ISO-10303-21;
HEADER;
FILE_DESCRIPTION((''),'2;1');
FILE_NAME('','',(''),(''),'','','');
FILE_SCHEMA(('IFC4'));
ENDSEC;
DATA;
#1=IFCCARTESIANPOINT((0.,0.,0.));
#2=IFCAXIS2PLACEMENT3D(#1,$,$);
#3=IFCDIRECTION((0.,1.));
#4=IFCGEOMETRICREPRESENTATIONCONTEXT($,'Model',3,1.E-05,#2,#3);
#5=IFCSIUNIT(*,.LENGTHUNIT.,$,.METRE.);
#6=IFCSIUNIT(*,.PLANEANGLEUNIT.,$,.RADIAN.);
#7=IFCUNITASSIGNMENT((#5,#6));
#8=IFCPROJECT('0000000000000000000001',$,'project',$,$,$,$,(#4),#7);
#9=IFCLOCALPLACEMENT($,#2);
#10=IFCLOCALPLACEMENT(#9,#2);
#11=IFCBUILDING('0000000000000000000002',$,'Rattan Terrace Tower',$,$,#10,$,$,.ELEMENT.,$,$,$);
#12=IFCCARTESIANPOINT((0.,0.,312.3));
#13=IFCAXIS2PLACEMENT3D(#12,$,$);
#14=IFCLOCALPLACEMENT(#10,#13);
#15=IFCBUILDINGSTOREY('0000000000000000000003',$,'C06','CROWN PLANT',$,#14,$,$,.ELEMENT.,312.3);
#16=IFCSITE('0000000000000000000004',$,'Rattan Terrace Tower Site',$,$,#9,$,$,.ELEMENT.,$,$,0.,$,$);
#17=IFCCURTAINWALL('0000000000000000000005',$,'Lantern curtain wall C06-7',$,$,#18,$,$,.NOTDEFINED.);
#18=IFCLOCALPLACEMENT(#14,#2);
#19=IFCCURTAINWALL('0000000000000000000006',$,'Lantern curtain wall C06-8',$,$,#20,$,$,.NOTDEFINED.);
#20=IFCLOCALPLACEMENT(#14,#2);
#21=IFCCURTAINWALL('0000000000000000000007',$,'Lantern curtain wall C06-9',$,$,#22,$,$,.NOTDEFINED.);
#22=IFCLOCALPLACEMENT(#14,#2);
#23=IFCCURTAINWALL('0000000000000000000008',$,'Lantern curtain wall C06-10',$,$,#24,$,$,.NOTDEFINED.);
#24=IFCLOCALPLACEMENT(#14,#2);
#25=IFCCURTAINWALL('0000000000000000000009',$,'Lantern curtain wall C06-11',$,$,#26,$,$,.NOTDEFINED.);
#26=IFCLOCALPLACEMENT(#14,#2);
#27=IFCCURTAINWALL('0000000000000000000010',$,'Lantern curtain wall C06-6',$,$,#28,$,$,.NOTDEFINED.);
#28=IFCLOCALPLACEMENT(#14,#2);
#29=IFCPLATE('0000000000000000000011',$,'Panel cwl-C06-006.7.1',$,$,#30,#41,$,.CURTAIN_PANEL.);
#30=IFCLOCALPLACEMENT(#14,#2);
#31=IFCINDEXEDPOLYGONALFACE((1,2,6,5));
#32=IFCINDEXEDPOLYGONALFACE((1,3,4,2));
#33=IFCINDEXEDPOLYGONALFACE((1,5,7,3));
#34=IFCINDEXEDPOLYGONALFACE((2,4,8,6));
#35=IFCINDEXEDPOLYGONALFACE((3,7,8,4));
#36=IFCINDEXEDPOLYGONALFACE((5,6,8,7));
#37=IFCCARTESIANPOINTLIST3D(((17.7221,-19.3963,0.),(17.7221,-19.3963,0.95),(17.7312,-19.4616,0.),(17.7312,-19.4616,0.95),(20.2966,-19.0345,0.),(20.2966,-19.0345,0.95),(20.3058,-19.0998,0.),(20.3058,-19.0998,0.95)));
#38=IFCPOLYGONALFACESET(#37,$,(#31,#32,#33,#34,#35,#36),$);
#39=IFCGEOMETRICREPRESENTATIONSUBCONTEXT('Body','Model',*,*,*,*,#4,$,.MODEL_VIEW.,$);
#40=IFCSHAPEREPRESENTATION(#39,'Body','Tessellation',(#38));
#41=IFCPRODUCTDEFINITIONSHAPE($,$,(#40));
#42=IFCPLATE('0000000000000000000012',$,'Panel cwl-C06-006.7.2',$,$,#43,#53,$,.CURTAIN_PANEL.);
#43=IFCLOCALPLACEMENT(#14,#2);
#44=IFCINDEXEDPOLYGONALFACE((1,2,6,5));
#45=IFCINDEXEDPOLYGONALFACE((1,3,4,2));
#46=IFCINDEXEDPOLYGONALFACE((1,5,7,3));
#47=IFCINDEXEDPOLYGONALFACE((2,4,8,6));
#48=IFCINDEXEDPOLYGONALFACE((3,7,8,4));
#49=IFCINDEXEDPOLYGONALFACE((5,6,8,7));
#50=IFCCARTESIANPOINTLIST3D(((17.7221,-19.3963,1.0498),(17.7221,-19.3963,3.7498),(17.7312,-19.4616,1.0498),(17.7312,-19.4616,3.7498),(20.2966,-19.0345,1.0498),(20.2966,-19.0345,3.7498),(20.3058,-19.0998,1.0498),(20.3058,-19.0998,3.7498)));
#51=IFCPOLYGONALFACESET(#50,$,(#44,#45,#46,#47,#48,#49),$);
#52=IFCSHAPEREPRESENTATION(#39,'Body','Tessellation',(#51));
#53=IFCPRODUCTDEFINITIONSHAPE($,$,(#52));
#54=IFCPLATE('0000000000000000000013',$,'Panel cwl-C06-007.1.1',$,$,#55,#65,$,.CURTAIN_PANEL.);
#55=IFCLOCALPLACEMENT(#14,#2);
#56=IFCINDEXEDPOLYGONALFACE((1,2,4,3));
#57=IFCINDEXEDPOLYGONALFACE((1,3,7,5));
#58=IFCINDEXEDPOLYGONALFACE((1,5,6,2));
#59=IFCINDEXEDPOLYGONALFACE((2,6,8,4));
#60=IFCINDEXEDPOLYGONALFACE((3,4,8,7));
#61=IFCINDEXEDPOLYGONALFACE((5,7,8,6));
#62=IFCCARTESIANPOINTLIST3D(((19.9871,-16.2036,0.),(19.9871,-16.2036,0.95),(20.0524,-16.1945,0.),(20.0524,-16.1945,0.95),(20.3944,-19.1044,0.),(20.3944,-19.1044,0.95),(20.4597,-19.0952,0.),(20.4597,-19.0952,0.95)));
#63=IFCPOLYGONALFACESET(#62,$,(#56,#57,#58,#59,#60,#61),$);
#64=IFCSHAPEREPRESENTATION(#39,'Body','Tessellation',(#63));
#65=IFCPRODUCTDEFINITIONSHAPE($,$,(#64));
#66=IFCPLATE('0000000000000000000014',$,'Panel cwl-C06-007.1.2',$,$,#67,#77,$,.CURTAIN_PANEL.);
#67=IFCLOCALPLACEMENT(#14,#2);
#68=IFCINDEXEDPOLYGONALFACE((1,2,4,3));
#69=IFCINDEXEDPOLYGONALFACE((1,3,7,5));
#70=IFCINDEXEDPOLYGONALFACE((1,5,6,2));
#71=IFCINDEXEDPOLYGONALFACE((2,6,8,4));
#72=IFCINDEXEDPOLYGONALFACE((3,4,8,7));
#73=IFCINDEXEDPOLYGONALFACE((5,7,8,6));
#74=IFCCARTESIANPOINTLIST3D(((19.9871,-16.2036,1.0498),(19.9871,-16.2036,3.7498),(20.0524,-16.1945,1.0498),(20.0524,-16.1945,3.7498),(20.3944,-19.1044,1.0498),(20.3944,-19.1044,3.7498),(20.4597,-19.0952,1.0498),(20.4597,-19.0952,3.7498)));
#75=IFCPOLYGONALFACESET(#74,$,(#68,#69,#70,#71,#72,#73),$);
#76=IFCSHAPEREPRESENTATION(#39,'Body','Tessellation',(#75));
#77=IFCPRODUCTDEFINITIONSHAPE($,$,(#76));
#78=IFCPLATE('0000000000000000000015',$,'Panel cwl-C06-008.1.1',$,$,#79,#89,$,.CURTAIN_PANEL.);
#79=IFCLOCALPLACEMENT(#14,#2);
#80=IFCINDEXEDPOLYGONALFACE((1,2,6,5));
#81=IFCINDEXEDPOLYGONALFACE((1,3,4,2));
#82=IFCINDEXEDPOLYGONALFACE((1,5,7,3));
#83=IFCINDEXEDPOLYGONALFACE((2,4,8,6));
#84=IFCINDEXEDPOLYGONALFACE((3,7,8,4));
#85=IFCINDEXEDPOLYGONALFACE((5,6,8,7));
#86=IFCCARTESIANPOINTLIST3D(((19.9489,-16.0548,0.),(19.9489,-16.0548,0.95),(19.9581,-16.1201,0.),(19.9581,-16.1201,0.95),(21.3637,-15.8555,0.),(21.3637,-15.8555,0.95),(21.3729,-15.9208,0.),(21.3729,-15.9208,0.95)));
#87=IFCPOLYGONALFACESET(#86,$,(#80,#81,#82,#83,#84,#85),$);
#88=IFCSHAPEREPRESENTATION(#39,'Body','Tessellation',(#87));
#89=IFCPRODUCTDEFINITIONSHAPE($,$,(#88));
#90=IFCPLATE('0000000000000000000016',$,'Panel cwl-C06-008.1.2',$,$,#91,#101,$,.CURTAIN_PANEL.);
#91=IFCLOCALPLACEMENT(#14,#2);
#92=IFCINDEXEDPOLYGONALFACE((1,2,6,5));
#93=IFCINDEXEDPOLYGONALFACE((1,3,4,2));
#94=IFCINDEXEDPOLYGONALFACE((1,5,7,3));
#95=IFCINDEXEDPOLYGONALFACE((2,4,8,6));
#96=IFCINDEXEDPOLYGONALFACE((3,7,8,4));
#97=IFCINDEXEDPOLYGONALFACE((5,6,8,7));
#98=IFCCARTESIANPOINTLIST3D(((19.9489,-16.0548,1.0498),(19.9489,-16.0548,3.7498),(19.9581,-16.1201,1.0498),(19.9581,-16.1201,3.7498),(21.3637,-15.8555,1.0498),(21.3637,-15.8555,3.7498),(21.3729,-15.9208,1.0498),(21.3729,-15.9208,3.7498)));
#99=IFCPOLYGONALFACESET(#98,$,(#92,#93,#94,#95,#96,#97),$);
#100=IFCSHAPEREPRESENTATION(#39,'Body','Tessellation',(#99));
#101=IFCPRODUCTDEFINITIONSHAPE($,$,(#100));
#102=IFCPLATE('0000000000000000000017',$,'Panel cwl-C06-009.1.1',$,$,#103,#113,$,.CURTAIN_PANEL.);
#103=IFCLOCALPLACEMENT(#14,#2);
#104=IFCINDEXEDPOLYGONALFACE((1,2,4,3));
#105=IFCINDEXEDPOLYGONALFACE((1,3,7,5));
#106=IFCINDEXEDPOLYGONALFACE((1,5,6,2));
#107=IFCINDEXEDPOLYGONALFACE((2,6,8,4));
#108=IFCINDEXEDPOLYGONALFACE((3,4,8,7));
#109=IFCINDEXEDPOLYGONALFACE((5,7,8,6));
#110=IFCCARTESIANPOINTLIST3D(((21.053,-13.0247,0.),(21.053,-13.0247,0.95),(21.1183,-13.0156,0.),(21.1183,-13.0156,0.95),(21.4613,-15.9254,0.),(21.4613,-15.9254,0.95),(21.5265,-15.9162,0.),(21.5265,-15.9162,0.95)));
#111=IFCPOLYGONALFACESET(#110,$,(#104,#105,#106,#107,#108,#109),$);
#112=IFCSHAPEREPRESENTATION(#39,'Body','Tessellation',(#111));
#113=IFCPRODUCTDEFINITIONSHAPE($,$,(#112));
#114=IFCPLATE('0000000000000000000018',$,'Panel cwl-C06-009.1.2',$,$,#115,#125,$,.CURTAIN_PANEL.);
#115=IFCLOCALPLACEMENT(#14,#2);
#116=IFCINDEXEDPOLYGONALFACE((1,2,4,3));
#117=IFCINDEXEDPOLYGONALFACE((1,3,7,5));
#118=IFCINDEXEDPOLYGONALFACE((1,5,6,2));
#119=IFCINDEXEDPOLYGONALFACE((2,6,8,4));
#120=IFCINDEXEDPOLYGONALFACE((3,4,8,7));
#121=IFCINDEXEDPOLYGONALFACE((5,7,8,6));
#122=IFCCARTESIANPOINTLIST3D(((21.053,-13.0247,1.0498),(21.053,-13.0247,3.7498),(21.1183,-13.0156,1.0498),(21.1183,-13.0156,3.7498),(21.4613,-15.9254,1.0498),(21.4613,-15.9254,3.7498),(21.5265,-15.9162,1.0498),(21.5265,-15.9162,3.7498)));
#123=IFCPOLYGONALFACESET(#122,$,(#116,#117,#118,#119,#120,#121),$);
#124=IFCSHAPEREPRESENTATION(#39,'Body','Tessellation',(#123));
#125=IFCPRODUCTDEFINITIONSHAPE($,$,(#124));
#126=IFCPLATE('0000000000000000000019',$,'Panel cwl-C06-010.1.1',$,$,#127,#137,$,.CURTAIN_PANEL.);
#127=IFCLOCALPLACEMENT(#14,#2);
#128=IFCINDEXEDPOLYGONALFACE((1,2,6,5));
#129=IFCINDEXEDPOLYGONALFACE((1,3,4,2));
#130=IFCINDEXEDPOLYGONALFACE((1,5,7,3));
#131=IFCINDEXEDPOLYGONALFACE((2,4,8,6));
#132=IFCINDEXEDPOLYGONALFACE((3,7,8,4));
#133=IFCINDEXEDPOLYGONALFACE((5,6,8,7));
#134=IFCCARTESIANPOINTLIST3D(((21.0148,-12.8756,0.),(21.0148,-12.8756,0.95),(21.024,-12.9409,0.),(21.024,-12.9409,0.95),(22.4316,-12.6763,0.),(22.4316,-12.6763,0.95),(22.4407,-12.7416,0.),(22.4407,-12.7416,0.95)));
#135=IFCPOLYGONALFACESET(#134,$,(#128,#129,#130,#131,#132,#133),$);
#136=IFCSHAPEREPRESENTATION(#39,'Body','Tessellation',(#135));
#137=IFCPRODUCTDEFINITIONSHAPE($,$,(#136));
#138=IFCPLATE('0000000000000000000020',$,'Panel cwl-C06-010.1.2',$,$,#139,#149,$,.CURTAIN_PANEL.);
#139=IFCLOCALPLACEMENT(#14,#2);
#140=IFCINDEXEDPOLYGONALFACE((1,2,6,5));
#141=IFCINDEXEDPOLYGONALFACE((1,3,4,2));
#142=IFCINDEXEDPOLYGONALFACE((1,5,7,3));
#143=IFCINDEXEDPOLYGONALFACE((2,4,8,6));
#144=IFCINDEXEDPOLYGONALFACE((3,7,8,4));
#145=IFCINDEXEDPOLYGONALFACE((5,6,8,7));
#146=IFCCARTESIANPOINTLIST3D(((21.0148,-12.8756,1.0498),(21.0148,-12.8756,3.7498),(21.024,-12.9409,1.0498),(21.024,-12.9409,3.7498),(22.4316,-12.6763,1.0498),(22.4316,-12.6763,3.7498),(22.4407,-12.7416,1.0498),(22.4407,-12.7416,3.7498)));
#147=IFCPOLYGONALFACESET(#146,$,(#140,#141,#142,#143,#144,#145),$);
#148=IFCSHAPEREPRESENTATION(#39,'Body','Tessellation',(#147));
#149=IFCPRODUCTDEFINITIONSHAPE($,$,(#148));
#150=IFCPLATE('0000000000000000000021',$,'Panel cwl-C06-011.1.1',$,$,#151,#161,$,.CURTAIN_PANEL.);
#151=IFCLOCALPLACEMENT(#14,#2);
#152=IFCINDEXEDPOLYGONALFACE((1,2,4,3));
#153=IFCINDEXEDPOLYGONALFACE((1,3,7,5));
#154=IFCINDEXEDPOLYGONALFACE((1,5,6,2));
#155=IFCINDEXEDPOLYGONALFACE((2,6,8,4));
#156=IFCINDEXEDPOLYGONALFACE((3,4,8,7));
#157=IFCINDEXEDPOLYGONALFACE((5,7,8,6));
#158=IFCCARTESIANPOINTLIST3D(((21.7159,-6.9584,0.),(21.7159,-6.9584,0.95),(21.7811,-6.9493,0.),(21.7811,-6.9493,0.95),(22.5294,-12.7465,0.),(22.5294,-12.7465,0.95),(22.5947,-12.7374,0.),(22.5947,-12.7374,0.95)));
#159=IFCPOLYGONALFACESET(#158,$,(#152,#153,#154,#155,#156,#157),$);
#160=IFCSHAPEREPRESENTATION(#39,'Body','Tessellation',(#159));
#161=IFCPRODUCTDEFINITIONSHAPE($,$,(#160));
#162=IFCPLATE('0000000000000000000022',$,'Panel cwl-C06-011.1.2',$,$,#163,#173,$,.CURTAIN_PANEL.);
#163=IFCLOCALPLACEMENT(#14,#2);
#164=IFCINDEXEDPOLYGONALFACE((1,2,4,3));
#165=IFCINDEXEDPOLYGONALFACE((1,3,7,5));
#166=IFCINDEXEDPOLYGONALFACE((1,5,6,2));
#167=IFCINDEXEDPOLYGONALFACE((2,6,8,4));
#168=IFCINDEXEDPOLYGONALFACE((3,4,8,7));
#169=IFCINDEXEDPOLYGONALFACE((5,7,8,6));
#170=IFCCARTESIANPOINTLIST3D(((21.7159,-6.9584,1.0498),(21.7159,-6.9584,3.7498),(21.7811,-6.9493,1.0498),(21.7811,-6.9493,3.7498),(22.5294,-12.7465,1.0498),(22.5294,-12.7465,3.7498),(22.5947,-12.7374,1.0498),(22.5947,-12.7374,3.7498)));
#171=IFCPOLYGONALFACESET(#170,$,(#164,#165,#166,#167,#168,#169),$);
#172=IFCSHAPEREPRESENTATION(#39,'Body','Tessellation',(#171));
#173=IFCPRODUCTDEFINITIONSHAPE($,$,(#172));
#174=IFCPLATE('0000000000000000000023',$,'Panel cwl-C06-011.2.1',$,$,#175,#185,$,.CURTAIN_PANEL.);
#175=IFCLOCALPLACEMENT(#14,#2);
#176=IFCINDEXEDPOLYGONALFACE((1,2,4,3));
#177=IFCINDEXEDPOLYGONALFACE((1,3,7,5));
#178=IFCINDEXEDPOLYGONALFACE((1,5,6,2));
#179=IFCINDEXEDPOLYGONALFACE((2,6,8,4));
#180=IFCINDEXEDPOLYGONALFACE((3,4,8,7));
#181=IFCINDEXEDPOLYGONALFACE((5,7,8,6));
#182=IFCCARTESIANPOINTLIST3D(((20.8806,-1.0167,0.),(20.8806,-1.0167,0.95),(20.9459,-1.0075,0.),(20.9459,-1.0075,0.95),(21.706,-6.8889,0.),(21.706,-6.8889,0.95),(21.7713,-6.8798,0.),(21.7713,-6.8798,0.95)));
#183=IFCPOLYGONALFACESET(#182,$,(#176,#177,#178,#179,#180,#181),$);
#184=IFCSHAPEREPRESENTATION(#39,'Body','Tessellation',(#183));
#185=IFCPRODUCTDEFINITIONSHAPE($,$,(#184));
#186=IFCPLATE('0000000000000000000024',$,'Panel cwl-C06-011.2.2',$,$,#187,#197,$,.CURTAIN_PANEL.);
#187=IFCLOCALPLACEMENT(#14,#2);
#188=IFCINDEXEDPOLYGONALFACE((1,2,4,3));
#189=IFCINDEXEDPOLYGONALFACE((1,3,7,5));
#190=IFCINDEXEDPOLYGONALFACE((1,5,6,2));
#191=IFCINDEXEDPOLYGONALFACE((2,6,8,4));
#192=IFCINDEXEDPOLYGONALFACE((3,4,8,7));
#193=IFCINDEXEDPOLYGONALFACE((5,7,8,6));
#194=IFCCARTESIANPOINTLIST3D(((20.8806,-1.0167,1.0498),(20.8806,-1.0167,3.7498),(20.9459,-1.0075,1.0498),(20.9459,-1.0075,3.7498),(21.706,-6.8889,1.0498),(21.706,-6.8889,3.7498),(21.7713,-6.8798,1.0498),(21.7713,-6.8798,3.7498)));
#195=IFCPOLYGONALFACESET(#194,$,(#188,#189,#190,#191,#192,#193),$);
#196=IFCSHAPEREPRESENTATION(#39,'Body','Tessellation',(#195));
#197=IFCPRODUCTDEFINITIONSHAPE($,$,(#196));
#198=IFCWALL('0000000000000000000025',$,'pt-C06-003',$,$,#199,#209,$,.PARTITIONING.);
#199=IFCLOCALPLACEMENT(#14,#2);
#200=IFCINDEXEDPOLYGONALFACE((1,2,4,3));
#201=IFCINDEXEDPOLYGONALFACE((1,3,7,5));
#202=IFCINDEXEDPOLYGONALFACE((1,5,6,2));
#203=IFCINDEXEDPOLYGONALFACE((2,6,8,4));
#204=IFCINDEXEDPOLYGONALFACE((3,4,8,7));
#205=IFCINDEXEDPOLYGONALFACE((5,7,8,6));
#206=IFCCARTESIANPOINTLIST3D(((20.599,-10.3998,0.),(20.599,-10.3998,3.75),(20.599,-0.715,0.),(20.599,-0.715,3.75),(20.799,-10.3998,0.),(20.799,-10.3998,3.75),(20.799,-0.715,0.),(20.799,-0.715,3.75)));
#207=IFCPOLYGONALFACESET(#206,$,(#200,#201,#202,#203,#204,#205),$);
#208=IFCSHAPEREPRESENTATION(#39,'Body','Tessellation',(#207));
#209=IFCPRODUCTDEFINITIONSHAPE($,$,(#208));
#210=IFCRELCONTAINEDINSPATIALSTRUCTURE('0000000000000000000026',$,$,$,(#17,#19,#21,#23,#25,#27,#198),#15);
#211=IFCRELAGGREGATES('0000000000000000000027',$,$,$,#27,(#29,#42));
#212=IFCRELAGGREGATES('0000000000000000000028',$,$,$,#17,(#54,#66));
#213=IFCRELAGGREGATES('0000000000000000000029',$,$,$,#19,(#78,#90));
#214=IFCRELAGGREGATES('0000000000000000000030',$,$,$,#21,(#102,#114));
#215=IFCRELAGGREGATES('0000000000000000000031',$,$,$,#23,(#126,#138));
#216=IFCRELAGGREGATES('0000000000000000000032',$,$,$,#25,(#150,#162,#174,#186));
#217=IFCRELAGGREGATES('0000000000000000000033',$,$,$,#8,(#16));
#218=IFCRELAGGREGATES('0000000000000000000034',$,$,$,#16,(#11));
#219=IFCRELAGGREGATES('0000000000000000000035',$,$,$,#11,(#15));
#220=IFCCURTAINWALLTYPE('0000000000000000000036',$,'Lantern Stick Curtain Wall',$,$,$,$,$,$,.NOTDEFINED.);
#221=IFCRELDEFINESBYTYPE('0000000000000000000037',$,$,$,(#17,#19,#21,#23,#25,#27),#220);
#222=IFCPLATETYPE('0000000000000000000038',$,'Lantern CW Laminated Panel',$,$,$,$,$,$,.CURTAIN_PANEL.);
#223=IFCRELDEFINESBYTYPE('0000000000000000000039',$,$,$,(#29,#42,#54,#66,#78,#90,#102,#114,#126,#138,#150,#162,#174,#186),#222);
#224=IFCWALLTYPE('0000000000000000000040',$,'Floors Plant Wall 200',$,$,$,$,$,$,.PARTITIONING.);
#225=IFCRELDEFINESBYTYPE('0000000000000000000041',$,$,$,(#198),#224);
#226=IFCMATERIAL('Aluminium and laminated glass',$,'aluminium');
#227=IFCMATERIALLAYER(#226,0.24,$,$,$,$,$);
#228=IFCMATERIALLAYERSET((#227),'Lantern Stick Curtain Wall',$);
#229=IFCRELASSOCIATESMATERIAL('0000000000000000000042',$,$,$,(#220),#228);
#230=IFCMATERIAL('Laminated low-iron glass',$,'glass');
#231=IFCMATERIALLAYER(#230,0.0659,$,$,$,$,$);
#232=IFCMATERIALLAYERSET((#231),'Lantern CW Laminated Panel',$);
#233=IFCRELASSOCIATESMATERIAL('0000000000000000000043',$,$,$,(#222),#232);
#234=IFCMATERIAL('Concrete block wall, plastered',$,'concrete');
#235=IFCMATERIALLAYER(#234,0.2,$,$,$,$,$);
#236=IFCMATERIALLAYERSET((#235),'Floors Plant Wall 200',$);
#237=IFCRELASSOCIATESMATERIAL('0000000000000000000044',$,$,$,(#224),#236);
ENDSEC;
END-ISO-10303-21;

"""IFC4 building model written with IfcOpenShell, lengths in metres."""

from ifc_helpers import new_model, si_unit, direction, frame, frame_2d, origin, origin_2d, place, context, subcontext, project, spatial, rectangle, extrude, material, layer, layer_set, type_object, element, aggregate, save


model = new_model("IFC4")

# Units and contexts
model_context = context("Model", 3, precision=1e-05, world=origin(), true_north=direction((0.0, 1.0)))
body_context = subcontext(model_context, "Body", "Model", "MODEL_VIEW")
ifc_project = project(units=[si_unit("LENGTHUNIT", "METRE"), si_unit("PLANEANGLEUNIT", "RADIAN")], contexts=[model_context])

# Site, building, storey
site_placement = place(None, origin())
site = spatial("IfcSite", under=ifc_project, at=site_placement, Name="Rattan Terrace Tower Site", CompositionType="ELEMENT", RefElevation=0.0)
building_placement = place(site_placement, origin())
building = spatial("IfcBuilding", under=site, at=building_placement, Name="Rattan Terrace Tower", CompositionType="ELEMENT")
storey_placement = place(building_placement, frame((0.0, 0.0, 312.3)))
storey = spatial("IfcBuildingStorey", under=building, at=storey_placement, Name="C06", Description="CROWN PLANT", CompositionType="ELEMENT", Elevation=312.3)

# Curtain walls
ifc_material_1 = material(Name="Aluminium and laminated glass", Category="aluminium")
ifc_layer_1 = layer(ifc_material_1, 0.24)
ifc_layer_set_1 = layer_set([ifc_layer_1], Name="Lantern Stick Curtain Wall")
curtain_wall_type = type_object("IfcCurtainWallType", Name="Lantern Stick Curtain Wall", PredefinedType="NOTDEFINED", material=ifc_layer_set_1)
curtain_wall_1_placement = place(storey_placement, origin())
curtain_wall_1 = element("IfcCurtainWall", 1, at=curtain_wall_1_placement, inside=storey, type_object=curtain_wall_type, Name="Lantern curtain wall C06-7", PredefinedType="NOTDEFINED")
curtain_wall_2_placement = place(storey_placement, origin())
curtain_wall_2 = element("IfcCurtainWall", 2, at=curtain_wall_2_placement, inside=storey, type_object=curtain_wall_type, Name="Lantern curtain wall C06-8", PredefinedType="NOTDEFINED")
curtain_wall_3_placement = place(storey_placement, origin())
curtain_wall_3 = element("IfcCurtainWall", 3, at=curtain_wall_3_placement, inside=storey, type_object=curtain_wall_type, Name="Lantern curtain wall C06-9", PredefinedType="NOTDEFINED")
curtain_wall_4_placement = place(storey_placement, origin())
curtain_wall_4 = element("IfcCurtainWall", 4, at=curtain_wall_4_placement, inside=storey, type_object=curtain_wall_type, Name="Lantern curtain wall C06-10", PredefinedType="NOTDEFINED")

# Curtain wall
curtain_wall_5_placement = place(storey_placement, origin())
curtain_wall_5 = element("IfcCurtainWall", 5, at=curtain_wall_5_placement, inside=storey, type_object=curtain_wall_type, Name="Lantern curtain wall C06-11", PredefinedType="NOTDEFINED")

# Curtain wall, plates
curtain_wall_6_placement = place(storey_placement, origin())
curtain_wall_6 = element("IfcCurtainWall", 6, at=curtain_wall_6_placement, inside=storey, type_object=curtain_wall_type, Name="Lantern curtain wall C06-6", PredefinedType="NOTDEFINED")
ifc_material_2 = material(Name="Laminated low-iron glass", Category="glass")
ifc_layer_2 = layer(ifc_material_2, 0.0659)
ifc_layer_set_2 = layer_set([ifc_layer_2], Name="Lantern CW Laminated Panel")
plate_type = type_object("IfcPlateType", Name="Lantern CW Laminated Panel", PredefinedType="CURTAIN_PANEL", material=ifc_layer_set_2)
plate_1_placement = place(storey_placement, frame((19.0139, -19.248, 0.0), z_axis=(0.0, 0.0, 1.0), x_axis=(0.990267, 0.139181, 0.0)))
plate_1 = element("IfcPlate", 7, at=plate_1_placement, type_object=plate_type, Name="Panel cwl-C06-006.7.1", PredefinedType="CURTAIN_PANEL", context=body_context, shape_type="SweptSolid", body=[
    extrude(rectangle(XDim=2.5999, YDim=0.0659, at=origin_2d()), origin(), (0.0, 0.0, 1.0), 0.95),
])
plate_2_placement = place(storey_placement, frame((19.0139, -19.248, 1.0498), z_axis=(0.0, 0.0, 1.0), x_axis=(0.990267, 0.139181, 0.0)))
plate_2 = element("IfcPlate", 8, at=plate_2_placement, type_object=plate_type, Name="Panel cwl-C06-006.7.2", PredefinedType="CURTAIN_PANEL", context=body_context, shape_type="SweptSolid", body=[
    extrude(rectangle(XDim=2.5999, YDim=0.0659, at=origin_2d()), origin(), (0.0, 0.0, 1.0), 2.7),
])
aggregate(curtain_wall_6, [plate_1, plate_2])

# Plates
plate_3_placement = place(storey_placement, frame((20.2234, -17.6494, 0.0), z_axis=(0.0, 0.0, 1.0), x_axis=(-0.13904, 0.990287, 0.0)))
plate_3 = element("IfcPlate", 9, at=plate_3_placement, type_object=plate_type, Name="Panel cwl-C06-007.1.1", PredefinedType="CURTAIN_PANEL", context=body_context, shape_type="SweptSolid", body=[
    extrude(rectangle(XDim=2.9292, YDim=0.0659, at=origin_2d()), origin(), (0.0, 0.0, 1.0), 0.95),
])
plate_4_placement = place(storey_placement, frame((20.2234, -17.6494, 1.0498), z_axis=(0.0, 0.0, 1.0), x_axis=(-0.13904, 0.990287, 0.0)))
plate_4 = element("IfcPlate", 10, at=plate_4_placement, type_object=plate_type, Name="Panel cwl-C06-007.1.2", PredefinedType="CURTAIN_PANEL", context=body_context, shape_type="SweptSolid", body=[
    extrude(rectangle(XDim=2.9292, YDim=0.0659, at=origin_2d()), origin(), (0.0, 0.0, 1.0), 2.7),
])
aggregate(curtain_wall_1, [plate_3, plate_4])
plate_5_placement = place(storey_placement, frame((20.6609, -15.9878, 0.0), z_axis=(0.0, 0.0, 1.0), x_axis=(0.990228, 0.139459, 0.0)))
plate_5 = element("IfcPlate", 11, at=plate_5_placement, type_object=plate_type, Name="Panel cwl-C06-008.1.1", PredefinedType="CURTAIN_PANEL", context=body_context, shape_type="SweptSolid", body=[
    extrude(rectangle(XDim=1.4287, YDim=0.0659, at=origin_2d()), origin(), (0.0, 0.0, 1.0), 0.95),
])
plate_6_placement = place(storey_placement, frame((20.6609, -15.9878, 1.0498), z_axis=(0.0, 0.0, 1.0), x_axis=(0.990228, 0.139459, 0.0)))
plate_6 = element("IfcPlate", 12, at=plate_6_placement, type_object=plate_type, Name="Panel cwl-C06-008.1.2", PredefinedType="CURTAIN_PANEL", context=body_context, shape_type="SweptSolid", body=[
    extrude(rectangle(XDim=1.4287, YDim=0.0659, at=origin_2d()), origin(), (0.0, 0.0, 1.0), 2.7),
])
aggregate(curtain_wall_2, [plate_5, plate_6])
plate_7_placement = place(storey_placement, frame((21.2898, -14.4705, 0.0), z_axis=(0.0, 0.0, 1.0), x_axis=(-0.139367, 0.990241, 0.0)))
plate_7 = element("IfcPlate", 13, at=plate_7_placement, type_object=plate_type, Name="Panel cwl-C06-009.1.1", PredefinedType="CURTAIN_PANEL", context=body_context, shape_type="SweptSolid", body=[
    extrude(rectangle(XDim=2.9292, YDim=0.0659, at=origin_2d()), origin(), (0.0, 0.0, 1.0), 0.95),
])
plate_8_placement = place(storey_placement, frame((21.2898, -14.4705, 1.0498), z_axis=(0.0, 0.0, 1.0), x_axis=(-0.139367, 0.990241, 0.0)))
plate_8 = element("IfcPlate", 14, at=plate_8_placement, type_object=plate_type, Name="Panel cwl-C06-009.1.2", PredefinedType="CURTAIN_PANEL", context=body_context, shape_type="SweptSolid", body=[
    extrude(rectangle(XDim=2.9292, YDim=0.0659, at=origin_2d()), origin(), (0.0, 0.0, 1.0), 2.7),
])
aggregate(curtain_wall_3, [plate_7, plate_8])
plate_9_placement = place(storey_placement, frame((21.7278, -12.8086, 0.0), z_axis=(0.0, 0.0, 1.0), x_axis=(0.990254, 0.139275, 0.0)))
plate_9 = element("IfcPlate", 15, at=plate_9_placement, type_object=plate_type, Name="Panel cwl-C06-010.1.1", PredefinedType="CURTAIN_PANEL", context=body_context, shape_type="SweptSolid", body=[
    extrude(rectangle(XDim=1.4307, YDim=0.0659, at=origin_2d()), origin(), (0.0, 0.0, 1.0), 0.95),
])
plate_10_placement = place(storey_placement, frame((21.7278, -12.8086, 1.0498), z_axis=(0.0, 0.0, 1.0), x_axis=(0.990254, 0.139275, 0.0)))
plate_10 = element("IfcPlate", 16, at=plate_10_placement, type_object=plate_type, Name="Panel cwl-C06-010.1.2", PredefinedType="CURTAIN_PANEL", context=body_context, shape_type="SweptSolid", body=[
    extrude(rectangle(XDim=1.4307, YDim=0.0659, at=origin_2d()), origin(), (0.0, 0.0, 1.0), 2.7),
])
aggregate(curtain_wall_4, [plate_9, plate_10])
plate_11_placement = place(storey_placement, frame((22.1553, -9.8479, 0.0), z_axis=(0.0, 0.0, 1.0), x_axis=(-0.139188, 0.990266, 0.0)))
plate_11 = element("IfcPlate", 17, at=plate_11_placement, type_object=plate_type, Name="Panel cwl-C06-011.1.1", PredefinedType="CURTAIN_PANEL", context=body_context, shape_type="SweptSolid", body=[
    extrude(rectangle(XDim=5.845, YDim=0.0659, at=origin_2d()), origin(), (0.0, 0.0, 1.0), 0.95),
])
plate_12_placement = place(storey_placement, frame((22.1553, -9.8479, 1.0498), z_axis=(0.0, 0.0, 1.0), x_axis=(-0.139188, 0.990266, 0.0)))
plate_12 = element("IfcPlate", 18, at=plate_12_placement, type_object=plate_type, Name="Panel cwl-C06-011.1.2", PredefinedType="CURTAIN_PANEL", context=body_context, shape_type="SweptSolid", body=[
    extrude(rectangle(XDim=5.845, YDim=0.0659, at=origin_2d()), origin(), (0.0, 0.0, 1.0), 2.7),
])
plate_13_placement = place(storey_placement, frame((21.3259, -3.9482, 0.0), z_axis=(0.0, 0.0, 1.0), x_axis=(-0.139188, 0.990266, 0.0)))
plate_13 = element("IfcPlate", 19, at=plate_13_placement, type_object=plate_type, Name="Panel cwl-C06-011.2.1", PredefinedType="CURTAIN_PANEL", context=body_context, shape_type="SweptSolid", body=[
    extrude(rectangle(XDim=5.9299, YDim=0.0659, at=origin_2d()), origin(), (0.0, 0.0, 1.0), 0.95),
])
plate_14_placement = place(storey_placement, frame((21.3259, -3.9482, 1.0498), z_axis=(0.0, 0.0, 1.0), x_axis=(-0.139188, 0.990266, 0.0)))
plate_14 = element("IfcPlate", 20, at=plate_14_placement, type_object=plate_type, Name="Panel cwl-C06-011.2.2", PredefinedType="CURTAIN_PANEL", context=body_context, shape_type="SweptSolid", body=[
    extrude(rectangle(XDim=5.9299, YDim=0.0659, at=origin_2d()), origin(), (0.0, 0.0, 1.0), 2.7),
])
aggregate(curtain_wall_5, [plate_11, plate_12, plate_13, plate_14])

# Wall
ifc_material_3 = material(Name="Concrete block wall, plastered", Category="concrete")
ifc_layer_3 = layer(ifc_material_3, 0.2)
ifc_layer_set_3 = layer_set([ifc_layer_3], Name="Floors Plant Wall 200")
wall_type = type_object("IfcWallType", Name="Floors Plant Wall 200", PredefinedType="PARTITIONING", material=ifc_layer_set_3)
wall_1_placement = place(storey_placement, frame((20.699, -0.7151, 0.0), z_axis=(0.0, 0.0, 1.0), x_axis=(0.0, -1.0, 0.0)))
element("IfcWall", 21, at=wall_1_placement, inside=storey, type_object=wall_type, Name="pt-C06-003", PredefinedType="PARTITIONING", context=body_context, shape_type="SweptSolid", body=[
    extrude(rectangle(XDim=9.6848, YDim=0.2, at=frame_2d((4.8423, 0.0))), origin(), (0.0, 0.0, 1.0), 3.75),
])

save(model, "model.ifc")
